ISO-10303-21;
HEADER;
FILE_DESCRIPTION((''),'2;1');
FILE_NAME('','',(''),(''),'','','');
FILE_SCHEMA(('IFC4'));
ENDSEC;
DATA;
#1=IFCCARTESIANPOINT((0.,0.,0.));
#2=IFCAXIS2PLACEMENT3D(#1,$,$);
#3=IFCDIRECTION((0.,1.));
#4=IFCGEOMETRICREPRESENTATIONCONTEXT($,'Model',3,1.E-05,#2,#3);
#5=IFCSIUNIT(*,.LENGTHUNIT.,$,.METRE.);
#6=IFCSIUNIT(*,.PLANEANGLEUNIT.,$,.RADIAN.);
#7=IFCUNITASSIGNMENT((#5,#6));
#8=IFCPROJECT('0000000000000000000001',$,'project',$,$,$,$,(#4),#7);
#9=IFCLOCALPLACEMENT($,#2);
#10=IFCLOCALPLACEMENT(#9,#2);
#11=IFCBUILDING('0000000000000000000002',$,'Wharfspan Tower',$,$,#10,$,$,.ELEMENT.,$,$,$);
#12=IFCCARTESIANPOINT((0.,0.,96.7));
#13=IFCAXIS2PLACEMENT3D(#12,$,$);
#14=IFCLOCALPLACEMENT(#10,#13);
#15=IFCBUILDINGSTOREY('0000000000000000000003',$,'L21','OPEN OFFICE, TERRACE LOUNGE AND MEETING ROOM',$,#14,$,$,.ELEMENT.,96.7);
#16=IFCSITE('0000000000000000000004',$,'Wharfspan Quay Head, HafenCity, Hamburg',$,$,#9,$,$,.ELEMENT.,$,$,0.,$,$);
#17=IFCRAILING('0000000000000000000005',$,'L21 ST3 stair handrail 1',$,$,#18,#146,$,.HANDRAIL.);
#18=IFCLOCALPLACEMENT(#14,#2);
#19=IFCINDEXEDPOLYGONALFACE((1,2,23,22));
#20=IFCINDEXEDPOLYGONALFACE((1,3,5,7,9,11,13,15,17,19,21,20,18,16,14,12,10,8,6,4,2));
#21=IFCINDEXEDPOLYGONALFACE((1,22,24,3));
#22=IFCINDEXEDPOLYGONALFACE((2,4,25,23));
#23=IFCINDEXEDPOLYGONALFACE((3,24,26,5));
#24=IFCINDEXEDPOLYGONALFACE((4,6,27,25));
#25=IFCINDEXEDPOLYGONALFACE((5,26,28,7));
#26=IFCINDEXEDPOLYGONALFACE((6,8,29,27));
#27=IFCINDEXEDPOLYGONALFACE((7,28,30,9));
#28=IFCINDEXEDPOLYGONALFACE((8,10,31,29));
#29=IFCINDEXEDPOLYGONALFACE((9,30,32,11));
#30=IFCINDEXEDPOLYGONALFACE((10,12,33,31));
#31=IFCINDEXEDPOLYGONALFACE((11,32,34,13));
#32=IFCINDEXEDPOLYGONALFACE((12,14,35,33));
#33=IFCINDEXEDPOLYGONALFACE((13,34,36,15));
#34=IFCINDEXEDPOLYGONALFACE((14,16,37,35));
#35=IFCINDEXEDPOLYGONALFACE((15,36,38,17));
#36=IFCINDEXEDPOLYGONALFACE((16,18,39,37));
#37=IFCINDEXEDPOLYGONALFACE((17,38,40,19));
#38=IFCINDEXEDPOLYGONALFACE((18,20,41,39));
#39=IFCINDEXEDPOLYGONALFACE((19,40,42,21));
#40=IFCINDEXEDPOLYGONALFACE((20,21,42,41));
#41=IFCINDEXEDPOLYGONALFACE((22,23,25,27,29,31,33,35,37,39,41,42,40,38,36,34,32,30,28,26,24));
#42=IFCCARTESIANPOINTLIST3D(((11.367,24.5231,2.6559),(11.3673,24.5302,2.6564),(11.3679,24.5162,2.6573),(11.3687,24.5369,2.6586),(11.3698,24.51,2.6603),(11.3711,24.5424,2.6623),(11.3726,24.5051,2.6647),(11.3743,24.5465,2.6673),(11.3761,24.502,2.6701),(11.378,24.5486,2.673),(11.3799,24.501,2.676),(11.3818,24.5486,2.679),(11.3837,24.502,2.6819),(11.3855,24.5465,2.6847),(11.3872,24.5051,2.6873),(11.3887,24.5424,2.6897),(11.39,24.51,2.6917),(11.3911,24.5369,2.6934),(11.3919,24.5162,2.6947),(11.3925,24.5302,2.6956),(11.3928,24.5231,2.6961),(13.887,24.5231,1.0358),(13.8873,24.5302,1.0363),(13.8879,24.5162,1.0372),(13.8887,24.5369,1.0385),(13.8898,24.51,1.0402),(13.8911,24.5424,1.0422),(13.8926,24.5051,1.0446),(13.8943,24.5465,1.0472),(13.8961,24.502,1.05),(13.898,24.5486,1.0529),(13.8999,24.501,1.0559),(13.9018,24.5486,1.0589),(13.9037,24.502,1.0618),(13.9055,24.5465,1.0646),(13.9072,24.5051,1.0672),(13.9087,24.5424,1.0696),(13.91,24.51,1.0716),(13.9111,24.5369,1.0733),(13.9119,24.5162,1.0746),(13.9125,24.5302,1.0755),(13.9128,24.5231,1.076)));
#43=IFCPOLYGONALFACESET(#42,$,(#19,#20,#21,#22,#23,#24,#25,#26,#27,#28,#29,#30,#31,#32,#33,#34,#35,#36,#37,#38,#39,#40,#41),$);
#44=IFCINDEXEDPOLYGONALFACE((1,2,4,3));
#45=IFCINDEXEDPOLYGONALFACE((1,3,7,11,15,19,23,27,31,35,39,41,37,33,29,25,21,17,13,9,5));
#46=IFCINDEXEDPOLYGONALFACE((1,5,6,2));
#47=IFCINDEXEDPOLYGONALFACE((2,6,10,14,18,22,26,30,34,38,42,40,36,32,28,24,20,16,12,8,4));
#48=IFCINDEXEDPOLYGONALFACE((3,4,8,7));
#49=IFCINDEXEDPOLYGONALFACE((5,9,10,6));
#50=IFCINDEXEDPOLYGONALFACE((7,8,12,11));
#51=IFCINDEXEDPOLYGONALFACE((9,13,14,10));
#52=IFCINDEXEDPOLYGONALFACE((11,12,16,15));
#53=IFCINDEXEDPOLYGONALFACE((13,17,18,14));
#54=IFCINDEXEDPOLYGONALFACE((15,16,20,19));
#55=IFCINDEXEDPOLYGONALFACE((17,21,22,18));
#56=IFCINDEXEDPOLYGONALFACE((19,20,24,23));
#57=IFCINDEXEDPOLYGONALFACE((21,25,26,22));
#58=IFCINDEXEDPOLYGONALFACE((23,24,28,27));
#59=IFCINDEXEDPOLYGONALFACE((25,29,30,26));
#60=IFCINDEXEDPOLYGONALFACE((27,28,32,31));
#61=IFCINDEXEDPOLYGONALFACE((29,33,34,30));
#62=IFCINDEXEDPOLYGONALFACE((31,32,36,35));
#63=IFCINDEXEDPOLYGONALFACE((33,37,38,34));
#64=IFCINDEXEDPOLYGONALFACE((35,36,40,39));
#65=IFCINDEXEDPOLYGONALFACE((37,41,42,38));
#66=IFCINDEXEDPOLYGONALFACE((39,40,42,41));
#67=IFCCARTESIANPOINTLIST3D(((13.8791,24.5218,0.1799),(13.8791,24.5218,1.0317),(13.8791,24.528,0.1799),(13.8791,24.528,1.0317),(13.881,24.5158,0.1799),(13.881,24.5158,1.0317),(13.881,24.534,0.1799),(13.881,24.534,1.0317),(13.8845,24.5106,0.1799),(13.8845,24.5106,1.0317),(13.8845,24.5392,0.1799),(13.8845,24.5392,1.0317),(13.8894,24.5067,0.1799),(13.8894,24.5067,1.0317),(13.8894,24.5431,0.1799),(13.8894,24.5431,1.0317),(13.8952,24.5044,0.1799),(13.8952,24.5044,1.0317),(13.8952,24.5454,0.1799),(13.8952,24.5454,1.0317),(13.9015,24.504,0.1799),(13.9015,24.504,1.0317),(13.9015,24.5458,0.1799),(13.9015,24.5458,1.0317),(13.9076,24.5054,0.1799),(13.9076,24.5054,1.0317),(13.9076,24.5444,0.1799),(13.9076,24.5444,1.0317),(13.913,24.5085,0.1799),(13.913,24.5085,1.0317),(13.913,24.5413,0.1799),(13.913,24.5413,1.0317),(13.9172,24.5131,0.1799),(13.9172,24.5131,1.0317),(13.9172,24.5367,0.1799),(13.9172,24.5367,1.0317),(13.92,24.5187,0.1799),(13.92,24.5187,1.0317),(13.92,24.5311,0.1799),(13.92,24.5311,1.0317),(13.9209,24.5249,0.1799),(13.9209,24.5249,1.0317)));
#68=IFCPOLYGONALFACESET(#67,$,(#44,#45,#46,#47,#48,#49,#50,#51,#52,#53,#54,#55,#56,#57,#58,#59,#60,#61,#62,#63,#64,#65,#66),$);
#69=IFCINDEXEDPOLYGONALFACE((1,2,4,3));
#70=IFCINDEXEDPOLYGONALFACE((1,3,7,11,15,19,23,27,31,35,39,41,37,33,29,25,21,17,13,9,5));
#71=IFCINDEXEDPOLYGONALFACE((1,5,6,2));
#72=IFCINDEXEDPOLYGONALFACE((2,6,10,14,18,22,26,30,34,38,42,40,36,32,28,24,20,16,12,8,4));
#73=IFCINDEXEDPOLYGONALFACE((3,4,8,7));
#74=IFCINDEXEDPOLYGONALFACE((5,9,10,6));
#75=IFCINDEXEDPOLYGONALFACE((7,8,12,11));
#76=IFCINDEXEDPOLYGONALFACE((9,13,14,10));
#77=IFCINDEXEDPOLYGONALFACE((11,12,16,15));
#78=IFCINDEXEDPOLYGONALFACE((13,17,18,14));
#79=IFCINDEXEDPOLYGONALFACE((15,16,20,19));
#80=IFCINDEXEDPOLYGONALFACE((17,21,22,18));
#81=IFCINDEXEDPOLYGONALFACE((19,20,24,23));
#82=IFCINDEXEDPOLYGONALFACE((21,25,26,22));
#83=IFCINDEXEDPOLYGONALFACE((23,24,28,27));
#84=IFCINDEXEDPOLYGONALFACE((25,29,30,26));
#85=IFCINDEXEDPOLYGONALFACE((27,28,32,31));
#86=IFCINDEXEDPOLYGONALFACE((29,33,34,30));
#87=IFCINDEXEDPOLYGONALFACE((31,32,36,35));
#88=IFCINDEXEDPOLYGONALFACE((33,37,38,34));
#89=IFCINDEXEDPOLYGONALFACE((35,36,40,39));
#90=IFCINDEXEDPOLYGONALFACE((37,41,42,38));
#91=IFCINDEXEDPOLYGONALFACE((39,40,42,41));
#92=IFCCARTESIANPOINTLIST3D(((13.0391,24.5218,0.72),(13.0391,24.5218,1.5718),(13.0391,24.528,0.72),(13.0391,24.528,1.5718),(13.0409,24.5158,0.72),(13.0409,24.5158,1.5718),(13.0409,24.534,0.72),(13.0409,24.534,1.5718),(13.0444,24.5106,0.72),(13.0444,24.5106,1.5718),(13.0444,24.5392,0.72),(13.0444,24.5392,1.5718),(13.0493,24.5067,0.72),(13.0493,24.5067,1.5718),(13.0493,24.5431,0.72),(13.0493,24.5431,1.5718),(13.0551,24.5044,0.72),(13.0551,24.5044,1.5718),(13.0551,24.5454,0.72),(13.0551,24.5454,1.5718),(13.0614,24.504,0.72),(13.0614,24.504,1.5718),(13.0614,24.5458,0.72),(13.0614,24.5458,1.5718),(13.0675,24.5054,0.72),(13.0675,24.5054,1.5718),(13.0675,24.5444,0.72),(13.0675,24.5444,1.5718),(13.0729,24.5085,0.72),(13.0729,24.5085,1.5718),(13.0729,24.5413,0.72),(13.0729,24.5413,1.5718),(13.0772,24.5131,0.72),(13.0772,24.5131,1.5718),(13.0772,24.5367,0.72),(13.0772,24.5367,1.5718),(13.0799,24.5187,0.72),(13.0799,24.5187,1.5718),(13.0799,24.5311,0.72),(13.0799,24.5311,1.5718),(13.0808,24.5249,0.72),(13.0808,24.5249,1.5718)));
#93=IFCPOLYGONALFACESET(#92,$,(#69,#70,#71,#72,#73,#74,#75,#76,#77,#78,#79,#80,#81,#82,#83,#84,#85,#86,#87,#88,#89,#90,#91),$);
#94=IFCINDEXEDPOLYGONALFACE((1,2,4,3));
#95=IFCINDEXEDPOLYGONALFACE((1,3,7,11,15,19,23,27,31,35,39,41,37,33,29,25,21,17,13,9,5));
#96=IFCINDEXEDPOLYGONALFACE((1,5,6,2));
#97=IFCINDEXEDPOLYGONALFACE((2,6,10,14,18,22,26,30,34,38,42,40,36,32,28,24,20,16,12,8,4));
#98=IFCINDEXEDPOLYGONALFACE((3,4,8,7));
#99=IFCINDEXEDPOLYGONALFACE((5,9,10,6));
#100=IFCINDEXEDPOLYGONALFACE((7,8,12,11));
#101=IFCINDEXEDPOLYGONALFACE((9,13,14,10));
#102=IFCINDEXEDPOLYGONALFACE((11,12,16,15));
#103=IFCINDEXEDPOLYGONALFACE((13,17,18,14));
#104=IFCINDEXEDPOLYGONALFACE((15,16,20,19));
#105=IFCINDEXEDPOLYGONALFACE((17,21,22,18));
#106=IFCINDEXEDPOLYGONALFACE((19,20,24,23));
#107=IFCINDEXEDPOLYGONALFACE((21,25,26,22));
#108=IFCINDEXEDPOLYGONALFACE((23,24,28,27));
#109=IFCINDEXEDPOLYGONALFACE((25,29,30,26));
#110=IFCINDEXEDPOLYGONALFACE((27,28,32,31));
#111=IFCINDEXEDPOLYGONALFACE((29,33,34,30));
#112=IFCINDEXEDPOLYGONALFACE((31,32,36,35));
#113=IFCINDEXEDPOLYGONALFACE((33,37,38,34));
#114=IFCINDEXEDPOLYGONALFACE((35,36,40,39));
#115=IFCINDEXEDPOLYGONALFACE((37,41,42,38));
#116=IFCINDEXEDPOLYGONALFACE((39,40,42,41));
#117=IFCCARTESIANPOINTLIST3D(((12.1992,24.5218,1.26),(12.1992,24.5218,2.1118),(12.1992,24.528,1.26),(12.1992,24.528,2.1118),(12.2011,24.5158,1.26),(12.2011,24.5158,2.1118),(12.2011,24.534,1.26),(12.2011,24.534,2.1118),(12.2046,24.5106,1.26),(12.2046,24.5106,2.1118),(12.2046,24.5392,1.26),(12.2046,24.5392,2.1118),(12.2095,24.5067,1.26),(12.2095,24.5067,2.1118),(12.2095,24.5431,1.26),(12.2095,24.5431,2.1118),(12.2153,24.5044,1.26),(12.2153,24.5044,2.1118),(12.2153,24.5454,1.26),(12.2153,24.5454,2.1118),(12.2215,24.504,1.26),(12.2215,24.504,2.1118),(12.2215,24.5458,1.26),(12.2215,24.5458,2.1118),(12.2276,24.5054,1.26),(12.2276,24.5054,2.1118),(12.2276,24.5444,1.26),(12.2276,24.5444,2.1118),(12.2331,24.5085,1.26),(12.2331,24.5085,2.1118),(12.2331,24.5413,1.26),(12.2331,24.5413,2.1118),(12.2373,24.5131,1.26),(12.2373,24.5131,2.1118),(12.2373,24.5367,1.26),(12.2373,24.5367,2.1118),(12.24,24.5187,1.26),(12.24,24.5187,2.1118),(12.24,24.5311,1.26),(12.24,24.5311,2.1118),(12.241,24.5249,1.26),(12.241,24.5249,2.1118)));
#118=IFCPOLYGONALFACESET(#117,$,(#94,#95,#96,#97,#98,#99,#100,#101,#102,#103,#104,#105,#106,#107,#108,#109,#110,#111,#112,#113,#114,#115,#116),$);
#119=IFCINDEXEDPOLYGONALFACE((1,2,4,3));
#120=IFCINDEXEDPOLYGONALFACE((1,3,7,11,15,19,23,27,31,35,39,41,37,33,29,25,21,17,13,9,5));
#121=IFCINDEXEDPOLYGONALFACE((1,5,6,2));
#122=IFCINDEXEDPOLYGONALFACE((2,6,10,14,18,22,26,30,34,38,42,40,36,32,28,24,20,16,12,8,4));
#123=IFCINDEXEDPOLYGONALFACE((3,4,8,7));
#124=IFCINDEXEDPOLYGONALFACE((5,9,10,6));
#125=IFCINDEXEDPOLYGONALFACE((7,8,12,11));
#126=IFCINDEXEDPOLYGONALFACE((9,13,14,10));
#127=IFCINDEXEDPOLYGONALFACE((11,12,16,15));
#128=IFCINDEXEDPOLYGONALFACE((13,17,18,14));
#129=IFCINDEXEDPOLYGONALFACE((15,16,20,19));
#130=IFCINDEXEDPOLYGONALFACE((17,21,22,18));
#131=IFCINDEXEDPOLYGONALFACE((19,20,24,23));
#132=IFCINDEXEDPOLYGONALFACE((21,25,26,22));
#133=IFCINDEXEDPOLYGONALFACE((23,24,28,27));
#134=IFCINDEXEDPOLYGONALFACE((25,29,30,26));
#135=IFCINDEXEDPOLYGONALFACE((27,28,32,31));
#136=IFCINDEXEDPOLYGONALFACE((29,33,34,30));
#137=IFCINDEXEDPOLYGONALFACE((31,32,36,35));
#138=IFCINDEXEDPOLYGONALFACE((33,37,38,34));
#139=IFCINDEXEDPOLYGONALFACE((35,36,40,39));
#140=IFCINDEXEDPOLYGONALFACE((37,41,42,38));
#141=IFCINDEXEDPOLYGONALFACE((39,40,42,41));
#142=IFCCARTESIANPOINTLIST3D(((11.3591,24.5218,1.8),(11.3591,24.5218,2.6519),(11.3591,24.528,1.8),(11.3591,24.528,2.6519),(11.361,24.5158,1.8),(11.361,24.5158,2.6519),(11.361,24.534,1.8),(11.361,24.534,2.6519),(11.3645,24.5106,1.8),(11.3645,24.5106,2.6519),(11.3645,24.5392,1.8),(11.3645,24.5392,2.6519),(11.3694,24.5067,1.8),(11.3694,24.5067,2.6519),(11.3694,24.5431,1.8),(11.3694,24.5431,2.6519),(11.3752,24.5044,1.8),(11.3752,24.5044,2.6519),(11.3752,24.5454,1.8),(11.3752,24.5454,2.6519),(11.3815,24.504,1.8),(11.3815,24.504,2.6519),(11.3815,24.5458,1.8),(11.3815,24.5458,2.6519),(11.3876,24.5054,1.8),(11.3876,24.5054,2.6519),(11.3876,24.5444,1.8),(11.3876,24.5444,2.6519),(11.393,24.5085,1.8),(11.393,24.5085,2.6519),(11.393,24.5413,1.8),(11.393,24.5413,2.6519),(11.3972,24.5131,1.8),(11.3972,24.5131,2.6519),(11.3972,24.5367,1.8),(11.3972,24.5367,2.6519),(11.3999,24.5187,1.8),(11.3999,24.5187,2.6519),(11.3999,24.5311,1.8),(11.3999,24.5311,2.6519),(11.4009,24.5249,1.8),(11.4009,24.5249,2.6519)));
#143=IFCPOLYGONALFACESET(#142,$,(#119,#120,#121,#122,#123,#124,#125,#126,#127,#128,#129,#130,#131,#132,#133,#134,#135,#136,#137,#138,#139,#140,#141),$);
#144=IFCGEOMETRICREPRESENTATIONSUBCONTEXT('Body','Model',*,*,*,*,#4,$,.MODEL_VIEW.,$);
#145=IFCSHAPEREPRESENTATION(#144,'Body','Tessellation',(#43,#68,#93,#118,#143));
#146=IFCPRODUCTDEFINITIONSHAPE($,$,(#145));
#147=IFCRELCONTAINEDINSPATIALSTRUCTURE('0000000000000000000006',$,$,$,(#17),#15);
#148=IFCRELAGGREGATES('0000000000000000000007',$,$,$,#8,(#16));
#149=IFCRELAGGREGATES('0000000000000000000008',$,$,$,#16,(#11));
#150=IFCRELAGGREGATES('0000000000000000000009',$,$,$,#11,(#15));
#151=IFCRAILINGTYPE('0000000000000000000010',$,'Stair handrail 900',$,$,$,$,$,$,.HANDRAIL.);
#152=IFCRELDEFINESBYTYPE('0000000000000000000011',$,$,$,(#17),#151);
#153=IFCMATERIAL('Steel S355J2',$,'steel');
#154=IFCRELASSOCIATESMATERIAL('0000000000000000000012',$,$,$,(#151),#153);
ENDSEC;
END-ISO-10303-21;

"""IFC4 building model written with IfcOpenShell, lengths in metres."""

from ifc_helpers import new_model, si_unit, direction, frame, origin, origin_2d, place, context, subcontext, project, spatial, circle, extrude, material, type_object, element, save


model = new_model("IFC4")

# Units and contexts
model_context = context("Model", 3, precision=1e-05, world=origin(), true_north=direction((0.0, 1.0)))
body_context = subcontext(model_context, "Body", "Model", "MODEL_VIEW")
ifc_project = project(units=[si_unit("LENGTHUNIT", "METRE"), si_unit("PLANEANGLEUNIT", "RADIAN")], contexts=[model_context])

# Site, building, storey
site_placement = place(None, origin())
site = spatial("IfcSite", under=ifc_project, at=site_placement, Name="Wharfspan Quay Head, HafenCity, Hamburg", CompositionType="ELEMENT", RefElevation=0.0)
building_placement = place(site_placement, origin())
building = spatial("IfcBuilding", under=site, at=building_placement, Name="Wharfspan Tower", CompositionType="ELEMENT")
storey_placement = place(building_placement, frame((0.0, 0.0, 96.7)))
storey = spatial("IfcBuildingStorey", under=building, at=storey_placement, Name="L21", Description="OPEN OFFICE, TERRACE LOUNGE AND MEETING ROOM", CompositionType="ELEMENT", Elevation=96.7)

# Railing
ifc_material_1 = material(Name="Steel S355J2", Category="steel")
railing_type = type_object("IfcRailingType", Name="Stair handrail 900", PredefinedType="HANDRAIL", material=ifc_material_1)
railing_placement = place(storey_placement, frame((13.8999, 24.5249, 0.1799)))
element("IfcRailing", 1, at=railing_placement, inside=storey, type_object=railing_type, Name="L21 ST3 stair handrail 1", PredefinedType="HANDRAIL", context=body_context, shape_type="SweptSolid", body=[
    extrude(circle(Radius=0.0239, at=origin_2d()), frame((0.0, 0.0, 0.876), z_axis=(-0.841163, 0.0, 0.540782), x_axis=(0.0, -1.0, 0.0)), (0.0, 0.0, 1.0), 2.9958),
    extrude(circle(Radius=0.021, at=origin_2d()), origin(), (0.0, 0.0, 1.0), 0.8518),
    extrude(circle(Radius=0.021, at=origin_2d()), frame((-0.8401, 0.0, 0.54)), (0.0, 0.0, 1.0), 0.8518),
    extrude(circle(Radius=0.021, at=origin_2d()), frame((-1.6799, 0.0, 1.0801)), (0.0, 0.0, 1.0), 0.8518),
    extrude(circle(Radius=0.021, at=origin_2d()), frame((-2.52, 0.0, 1.6201)), (0.0, 0.0, 1.0), 0.8518),
])

save(model, "model.ifc")
